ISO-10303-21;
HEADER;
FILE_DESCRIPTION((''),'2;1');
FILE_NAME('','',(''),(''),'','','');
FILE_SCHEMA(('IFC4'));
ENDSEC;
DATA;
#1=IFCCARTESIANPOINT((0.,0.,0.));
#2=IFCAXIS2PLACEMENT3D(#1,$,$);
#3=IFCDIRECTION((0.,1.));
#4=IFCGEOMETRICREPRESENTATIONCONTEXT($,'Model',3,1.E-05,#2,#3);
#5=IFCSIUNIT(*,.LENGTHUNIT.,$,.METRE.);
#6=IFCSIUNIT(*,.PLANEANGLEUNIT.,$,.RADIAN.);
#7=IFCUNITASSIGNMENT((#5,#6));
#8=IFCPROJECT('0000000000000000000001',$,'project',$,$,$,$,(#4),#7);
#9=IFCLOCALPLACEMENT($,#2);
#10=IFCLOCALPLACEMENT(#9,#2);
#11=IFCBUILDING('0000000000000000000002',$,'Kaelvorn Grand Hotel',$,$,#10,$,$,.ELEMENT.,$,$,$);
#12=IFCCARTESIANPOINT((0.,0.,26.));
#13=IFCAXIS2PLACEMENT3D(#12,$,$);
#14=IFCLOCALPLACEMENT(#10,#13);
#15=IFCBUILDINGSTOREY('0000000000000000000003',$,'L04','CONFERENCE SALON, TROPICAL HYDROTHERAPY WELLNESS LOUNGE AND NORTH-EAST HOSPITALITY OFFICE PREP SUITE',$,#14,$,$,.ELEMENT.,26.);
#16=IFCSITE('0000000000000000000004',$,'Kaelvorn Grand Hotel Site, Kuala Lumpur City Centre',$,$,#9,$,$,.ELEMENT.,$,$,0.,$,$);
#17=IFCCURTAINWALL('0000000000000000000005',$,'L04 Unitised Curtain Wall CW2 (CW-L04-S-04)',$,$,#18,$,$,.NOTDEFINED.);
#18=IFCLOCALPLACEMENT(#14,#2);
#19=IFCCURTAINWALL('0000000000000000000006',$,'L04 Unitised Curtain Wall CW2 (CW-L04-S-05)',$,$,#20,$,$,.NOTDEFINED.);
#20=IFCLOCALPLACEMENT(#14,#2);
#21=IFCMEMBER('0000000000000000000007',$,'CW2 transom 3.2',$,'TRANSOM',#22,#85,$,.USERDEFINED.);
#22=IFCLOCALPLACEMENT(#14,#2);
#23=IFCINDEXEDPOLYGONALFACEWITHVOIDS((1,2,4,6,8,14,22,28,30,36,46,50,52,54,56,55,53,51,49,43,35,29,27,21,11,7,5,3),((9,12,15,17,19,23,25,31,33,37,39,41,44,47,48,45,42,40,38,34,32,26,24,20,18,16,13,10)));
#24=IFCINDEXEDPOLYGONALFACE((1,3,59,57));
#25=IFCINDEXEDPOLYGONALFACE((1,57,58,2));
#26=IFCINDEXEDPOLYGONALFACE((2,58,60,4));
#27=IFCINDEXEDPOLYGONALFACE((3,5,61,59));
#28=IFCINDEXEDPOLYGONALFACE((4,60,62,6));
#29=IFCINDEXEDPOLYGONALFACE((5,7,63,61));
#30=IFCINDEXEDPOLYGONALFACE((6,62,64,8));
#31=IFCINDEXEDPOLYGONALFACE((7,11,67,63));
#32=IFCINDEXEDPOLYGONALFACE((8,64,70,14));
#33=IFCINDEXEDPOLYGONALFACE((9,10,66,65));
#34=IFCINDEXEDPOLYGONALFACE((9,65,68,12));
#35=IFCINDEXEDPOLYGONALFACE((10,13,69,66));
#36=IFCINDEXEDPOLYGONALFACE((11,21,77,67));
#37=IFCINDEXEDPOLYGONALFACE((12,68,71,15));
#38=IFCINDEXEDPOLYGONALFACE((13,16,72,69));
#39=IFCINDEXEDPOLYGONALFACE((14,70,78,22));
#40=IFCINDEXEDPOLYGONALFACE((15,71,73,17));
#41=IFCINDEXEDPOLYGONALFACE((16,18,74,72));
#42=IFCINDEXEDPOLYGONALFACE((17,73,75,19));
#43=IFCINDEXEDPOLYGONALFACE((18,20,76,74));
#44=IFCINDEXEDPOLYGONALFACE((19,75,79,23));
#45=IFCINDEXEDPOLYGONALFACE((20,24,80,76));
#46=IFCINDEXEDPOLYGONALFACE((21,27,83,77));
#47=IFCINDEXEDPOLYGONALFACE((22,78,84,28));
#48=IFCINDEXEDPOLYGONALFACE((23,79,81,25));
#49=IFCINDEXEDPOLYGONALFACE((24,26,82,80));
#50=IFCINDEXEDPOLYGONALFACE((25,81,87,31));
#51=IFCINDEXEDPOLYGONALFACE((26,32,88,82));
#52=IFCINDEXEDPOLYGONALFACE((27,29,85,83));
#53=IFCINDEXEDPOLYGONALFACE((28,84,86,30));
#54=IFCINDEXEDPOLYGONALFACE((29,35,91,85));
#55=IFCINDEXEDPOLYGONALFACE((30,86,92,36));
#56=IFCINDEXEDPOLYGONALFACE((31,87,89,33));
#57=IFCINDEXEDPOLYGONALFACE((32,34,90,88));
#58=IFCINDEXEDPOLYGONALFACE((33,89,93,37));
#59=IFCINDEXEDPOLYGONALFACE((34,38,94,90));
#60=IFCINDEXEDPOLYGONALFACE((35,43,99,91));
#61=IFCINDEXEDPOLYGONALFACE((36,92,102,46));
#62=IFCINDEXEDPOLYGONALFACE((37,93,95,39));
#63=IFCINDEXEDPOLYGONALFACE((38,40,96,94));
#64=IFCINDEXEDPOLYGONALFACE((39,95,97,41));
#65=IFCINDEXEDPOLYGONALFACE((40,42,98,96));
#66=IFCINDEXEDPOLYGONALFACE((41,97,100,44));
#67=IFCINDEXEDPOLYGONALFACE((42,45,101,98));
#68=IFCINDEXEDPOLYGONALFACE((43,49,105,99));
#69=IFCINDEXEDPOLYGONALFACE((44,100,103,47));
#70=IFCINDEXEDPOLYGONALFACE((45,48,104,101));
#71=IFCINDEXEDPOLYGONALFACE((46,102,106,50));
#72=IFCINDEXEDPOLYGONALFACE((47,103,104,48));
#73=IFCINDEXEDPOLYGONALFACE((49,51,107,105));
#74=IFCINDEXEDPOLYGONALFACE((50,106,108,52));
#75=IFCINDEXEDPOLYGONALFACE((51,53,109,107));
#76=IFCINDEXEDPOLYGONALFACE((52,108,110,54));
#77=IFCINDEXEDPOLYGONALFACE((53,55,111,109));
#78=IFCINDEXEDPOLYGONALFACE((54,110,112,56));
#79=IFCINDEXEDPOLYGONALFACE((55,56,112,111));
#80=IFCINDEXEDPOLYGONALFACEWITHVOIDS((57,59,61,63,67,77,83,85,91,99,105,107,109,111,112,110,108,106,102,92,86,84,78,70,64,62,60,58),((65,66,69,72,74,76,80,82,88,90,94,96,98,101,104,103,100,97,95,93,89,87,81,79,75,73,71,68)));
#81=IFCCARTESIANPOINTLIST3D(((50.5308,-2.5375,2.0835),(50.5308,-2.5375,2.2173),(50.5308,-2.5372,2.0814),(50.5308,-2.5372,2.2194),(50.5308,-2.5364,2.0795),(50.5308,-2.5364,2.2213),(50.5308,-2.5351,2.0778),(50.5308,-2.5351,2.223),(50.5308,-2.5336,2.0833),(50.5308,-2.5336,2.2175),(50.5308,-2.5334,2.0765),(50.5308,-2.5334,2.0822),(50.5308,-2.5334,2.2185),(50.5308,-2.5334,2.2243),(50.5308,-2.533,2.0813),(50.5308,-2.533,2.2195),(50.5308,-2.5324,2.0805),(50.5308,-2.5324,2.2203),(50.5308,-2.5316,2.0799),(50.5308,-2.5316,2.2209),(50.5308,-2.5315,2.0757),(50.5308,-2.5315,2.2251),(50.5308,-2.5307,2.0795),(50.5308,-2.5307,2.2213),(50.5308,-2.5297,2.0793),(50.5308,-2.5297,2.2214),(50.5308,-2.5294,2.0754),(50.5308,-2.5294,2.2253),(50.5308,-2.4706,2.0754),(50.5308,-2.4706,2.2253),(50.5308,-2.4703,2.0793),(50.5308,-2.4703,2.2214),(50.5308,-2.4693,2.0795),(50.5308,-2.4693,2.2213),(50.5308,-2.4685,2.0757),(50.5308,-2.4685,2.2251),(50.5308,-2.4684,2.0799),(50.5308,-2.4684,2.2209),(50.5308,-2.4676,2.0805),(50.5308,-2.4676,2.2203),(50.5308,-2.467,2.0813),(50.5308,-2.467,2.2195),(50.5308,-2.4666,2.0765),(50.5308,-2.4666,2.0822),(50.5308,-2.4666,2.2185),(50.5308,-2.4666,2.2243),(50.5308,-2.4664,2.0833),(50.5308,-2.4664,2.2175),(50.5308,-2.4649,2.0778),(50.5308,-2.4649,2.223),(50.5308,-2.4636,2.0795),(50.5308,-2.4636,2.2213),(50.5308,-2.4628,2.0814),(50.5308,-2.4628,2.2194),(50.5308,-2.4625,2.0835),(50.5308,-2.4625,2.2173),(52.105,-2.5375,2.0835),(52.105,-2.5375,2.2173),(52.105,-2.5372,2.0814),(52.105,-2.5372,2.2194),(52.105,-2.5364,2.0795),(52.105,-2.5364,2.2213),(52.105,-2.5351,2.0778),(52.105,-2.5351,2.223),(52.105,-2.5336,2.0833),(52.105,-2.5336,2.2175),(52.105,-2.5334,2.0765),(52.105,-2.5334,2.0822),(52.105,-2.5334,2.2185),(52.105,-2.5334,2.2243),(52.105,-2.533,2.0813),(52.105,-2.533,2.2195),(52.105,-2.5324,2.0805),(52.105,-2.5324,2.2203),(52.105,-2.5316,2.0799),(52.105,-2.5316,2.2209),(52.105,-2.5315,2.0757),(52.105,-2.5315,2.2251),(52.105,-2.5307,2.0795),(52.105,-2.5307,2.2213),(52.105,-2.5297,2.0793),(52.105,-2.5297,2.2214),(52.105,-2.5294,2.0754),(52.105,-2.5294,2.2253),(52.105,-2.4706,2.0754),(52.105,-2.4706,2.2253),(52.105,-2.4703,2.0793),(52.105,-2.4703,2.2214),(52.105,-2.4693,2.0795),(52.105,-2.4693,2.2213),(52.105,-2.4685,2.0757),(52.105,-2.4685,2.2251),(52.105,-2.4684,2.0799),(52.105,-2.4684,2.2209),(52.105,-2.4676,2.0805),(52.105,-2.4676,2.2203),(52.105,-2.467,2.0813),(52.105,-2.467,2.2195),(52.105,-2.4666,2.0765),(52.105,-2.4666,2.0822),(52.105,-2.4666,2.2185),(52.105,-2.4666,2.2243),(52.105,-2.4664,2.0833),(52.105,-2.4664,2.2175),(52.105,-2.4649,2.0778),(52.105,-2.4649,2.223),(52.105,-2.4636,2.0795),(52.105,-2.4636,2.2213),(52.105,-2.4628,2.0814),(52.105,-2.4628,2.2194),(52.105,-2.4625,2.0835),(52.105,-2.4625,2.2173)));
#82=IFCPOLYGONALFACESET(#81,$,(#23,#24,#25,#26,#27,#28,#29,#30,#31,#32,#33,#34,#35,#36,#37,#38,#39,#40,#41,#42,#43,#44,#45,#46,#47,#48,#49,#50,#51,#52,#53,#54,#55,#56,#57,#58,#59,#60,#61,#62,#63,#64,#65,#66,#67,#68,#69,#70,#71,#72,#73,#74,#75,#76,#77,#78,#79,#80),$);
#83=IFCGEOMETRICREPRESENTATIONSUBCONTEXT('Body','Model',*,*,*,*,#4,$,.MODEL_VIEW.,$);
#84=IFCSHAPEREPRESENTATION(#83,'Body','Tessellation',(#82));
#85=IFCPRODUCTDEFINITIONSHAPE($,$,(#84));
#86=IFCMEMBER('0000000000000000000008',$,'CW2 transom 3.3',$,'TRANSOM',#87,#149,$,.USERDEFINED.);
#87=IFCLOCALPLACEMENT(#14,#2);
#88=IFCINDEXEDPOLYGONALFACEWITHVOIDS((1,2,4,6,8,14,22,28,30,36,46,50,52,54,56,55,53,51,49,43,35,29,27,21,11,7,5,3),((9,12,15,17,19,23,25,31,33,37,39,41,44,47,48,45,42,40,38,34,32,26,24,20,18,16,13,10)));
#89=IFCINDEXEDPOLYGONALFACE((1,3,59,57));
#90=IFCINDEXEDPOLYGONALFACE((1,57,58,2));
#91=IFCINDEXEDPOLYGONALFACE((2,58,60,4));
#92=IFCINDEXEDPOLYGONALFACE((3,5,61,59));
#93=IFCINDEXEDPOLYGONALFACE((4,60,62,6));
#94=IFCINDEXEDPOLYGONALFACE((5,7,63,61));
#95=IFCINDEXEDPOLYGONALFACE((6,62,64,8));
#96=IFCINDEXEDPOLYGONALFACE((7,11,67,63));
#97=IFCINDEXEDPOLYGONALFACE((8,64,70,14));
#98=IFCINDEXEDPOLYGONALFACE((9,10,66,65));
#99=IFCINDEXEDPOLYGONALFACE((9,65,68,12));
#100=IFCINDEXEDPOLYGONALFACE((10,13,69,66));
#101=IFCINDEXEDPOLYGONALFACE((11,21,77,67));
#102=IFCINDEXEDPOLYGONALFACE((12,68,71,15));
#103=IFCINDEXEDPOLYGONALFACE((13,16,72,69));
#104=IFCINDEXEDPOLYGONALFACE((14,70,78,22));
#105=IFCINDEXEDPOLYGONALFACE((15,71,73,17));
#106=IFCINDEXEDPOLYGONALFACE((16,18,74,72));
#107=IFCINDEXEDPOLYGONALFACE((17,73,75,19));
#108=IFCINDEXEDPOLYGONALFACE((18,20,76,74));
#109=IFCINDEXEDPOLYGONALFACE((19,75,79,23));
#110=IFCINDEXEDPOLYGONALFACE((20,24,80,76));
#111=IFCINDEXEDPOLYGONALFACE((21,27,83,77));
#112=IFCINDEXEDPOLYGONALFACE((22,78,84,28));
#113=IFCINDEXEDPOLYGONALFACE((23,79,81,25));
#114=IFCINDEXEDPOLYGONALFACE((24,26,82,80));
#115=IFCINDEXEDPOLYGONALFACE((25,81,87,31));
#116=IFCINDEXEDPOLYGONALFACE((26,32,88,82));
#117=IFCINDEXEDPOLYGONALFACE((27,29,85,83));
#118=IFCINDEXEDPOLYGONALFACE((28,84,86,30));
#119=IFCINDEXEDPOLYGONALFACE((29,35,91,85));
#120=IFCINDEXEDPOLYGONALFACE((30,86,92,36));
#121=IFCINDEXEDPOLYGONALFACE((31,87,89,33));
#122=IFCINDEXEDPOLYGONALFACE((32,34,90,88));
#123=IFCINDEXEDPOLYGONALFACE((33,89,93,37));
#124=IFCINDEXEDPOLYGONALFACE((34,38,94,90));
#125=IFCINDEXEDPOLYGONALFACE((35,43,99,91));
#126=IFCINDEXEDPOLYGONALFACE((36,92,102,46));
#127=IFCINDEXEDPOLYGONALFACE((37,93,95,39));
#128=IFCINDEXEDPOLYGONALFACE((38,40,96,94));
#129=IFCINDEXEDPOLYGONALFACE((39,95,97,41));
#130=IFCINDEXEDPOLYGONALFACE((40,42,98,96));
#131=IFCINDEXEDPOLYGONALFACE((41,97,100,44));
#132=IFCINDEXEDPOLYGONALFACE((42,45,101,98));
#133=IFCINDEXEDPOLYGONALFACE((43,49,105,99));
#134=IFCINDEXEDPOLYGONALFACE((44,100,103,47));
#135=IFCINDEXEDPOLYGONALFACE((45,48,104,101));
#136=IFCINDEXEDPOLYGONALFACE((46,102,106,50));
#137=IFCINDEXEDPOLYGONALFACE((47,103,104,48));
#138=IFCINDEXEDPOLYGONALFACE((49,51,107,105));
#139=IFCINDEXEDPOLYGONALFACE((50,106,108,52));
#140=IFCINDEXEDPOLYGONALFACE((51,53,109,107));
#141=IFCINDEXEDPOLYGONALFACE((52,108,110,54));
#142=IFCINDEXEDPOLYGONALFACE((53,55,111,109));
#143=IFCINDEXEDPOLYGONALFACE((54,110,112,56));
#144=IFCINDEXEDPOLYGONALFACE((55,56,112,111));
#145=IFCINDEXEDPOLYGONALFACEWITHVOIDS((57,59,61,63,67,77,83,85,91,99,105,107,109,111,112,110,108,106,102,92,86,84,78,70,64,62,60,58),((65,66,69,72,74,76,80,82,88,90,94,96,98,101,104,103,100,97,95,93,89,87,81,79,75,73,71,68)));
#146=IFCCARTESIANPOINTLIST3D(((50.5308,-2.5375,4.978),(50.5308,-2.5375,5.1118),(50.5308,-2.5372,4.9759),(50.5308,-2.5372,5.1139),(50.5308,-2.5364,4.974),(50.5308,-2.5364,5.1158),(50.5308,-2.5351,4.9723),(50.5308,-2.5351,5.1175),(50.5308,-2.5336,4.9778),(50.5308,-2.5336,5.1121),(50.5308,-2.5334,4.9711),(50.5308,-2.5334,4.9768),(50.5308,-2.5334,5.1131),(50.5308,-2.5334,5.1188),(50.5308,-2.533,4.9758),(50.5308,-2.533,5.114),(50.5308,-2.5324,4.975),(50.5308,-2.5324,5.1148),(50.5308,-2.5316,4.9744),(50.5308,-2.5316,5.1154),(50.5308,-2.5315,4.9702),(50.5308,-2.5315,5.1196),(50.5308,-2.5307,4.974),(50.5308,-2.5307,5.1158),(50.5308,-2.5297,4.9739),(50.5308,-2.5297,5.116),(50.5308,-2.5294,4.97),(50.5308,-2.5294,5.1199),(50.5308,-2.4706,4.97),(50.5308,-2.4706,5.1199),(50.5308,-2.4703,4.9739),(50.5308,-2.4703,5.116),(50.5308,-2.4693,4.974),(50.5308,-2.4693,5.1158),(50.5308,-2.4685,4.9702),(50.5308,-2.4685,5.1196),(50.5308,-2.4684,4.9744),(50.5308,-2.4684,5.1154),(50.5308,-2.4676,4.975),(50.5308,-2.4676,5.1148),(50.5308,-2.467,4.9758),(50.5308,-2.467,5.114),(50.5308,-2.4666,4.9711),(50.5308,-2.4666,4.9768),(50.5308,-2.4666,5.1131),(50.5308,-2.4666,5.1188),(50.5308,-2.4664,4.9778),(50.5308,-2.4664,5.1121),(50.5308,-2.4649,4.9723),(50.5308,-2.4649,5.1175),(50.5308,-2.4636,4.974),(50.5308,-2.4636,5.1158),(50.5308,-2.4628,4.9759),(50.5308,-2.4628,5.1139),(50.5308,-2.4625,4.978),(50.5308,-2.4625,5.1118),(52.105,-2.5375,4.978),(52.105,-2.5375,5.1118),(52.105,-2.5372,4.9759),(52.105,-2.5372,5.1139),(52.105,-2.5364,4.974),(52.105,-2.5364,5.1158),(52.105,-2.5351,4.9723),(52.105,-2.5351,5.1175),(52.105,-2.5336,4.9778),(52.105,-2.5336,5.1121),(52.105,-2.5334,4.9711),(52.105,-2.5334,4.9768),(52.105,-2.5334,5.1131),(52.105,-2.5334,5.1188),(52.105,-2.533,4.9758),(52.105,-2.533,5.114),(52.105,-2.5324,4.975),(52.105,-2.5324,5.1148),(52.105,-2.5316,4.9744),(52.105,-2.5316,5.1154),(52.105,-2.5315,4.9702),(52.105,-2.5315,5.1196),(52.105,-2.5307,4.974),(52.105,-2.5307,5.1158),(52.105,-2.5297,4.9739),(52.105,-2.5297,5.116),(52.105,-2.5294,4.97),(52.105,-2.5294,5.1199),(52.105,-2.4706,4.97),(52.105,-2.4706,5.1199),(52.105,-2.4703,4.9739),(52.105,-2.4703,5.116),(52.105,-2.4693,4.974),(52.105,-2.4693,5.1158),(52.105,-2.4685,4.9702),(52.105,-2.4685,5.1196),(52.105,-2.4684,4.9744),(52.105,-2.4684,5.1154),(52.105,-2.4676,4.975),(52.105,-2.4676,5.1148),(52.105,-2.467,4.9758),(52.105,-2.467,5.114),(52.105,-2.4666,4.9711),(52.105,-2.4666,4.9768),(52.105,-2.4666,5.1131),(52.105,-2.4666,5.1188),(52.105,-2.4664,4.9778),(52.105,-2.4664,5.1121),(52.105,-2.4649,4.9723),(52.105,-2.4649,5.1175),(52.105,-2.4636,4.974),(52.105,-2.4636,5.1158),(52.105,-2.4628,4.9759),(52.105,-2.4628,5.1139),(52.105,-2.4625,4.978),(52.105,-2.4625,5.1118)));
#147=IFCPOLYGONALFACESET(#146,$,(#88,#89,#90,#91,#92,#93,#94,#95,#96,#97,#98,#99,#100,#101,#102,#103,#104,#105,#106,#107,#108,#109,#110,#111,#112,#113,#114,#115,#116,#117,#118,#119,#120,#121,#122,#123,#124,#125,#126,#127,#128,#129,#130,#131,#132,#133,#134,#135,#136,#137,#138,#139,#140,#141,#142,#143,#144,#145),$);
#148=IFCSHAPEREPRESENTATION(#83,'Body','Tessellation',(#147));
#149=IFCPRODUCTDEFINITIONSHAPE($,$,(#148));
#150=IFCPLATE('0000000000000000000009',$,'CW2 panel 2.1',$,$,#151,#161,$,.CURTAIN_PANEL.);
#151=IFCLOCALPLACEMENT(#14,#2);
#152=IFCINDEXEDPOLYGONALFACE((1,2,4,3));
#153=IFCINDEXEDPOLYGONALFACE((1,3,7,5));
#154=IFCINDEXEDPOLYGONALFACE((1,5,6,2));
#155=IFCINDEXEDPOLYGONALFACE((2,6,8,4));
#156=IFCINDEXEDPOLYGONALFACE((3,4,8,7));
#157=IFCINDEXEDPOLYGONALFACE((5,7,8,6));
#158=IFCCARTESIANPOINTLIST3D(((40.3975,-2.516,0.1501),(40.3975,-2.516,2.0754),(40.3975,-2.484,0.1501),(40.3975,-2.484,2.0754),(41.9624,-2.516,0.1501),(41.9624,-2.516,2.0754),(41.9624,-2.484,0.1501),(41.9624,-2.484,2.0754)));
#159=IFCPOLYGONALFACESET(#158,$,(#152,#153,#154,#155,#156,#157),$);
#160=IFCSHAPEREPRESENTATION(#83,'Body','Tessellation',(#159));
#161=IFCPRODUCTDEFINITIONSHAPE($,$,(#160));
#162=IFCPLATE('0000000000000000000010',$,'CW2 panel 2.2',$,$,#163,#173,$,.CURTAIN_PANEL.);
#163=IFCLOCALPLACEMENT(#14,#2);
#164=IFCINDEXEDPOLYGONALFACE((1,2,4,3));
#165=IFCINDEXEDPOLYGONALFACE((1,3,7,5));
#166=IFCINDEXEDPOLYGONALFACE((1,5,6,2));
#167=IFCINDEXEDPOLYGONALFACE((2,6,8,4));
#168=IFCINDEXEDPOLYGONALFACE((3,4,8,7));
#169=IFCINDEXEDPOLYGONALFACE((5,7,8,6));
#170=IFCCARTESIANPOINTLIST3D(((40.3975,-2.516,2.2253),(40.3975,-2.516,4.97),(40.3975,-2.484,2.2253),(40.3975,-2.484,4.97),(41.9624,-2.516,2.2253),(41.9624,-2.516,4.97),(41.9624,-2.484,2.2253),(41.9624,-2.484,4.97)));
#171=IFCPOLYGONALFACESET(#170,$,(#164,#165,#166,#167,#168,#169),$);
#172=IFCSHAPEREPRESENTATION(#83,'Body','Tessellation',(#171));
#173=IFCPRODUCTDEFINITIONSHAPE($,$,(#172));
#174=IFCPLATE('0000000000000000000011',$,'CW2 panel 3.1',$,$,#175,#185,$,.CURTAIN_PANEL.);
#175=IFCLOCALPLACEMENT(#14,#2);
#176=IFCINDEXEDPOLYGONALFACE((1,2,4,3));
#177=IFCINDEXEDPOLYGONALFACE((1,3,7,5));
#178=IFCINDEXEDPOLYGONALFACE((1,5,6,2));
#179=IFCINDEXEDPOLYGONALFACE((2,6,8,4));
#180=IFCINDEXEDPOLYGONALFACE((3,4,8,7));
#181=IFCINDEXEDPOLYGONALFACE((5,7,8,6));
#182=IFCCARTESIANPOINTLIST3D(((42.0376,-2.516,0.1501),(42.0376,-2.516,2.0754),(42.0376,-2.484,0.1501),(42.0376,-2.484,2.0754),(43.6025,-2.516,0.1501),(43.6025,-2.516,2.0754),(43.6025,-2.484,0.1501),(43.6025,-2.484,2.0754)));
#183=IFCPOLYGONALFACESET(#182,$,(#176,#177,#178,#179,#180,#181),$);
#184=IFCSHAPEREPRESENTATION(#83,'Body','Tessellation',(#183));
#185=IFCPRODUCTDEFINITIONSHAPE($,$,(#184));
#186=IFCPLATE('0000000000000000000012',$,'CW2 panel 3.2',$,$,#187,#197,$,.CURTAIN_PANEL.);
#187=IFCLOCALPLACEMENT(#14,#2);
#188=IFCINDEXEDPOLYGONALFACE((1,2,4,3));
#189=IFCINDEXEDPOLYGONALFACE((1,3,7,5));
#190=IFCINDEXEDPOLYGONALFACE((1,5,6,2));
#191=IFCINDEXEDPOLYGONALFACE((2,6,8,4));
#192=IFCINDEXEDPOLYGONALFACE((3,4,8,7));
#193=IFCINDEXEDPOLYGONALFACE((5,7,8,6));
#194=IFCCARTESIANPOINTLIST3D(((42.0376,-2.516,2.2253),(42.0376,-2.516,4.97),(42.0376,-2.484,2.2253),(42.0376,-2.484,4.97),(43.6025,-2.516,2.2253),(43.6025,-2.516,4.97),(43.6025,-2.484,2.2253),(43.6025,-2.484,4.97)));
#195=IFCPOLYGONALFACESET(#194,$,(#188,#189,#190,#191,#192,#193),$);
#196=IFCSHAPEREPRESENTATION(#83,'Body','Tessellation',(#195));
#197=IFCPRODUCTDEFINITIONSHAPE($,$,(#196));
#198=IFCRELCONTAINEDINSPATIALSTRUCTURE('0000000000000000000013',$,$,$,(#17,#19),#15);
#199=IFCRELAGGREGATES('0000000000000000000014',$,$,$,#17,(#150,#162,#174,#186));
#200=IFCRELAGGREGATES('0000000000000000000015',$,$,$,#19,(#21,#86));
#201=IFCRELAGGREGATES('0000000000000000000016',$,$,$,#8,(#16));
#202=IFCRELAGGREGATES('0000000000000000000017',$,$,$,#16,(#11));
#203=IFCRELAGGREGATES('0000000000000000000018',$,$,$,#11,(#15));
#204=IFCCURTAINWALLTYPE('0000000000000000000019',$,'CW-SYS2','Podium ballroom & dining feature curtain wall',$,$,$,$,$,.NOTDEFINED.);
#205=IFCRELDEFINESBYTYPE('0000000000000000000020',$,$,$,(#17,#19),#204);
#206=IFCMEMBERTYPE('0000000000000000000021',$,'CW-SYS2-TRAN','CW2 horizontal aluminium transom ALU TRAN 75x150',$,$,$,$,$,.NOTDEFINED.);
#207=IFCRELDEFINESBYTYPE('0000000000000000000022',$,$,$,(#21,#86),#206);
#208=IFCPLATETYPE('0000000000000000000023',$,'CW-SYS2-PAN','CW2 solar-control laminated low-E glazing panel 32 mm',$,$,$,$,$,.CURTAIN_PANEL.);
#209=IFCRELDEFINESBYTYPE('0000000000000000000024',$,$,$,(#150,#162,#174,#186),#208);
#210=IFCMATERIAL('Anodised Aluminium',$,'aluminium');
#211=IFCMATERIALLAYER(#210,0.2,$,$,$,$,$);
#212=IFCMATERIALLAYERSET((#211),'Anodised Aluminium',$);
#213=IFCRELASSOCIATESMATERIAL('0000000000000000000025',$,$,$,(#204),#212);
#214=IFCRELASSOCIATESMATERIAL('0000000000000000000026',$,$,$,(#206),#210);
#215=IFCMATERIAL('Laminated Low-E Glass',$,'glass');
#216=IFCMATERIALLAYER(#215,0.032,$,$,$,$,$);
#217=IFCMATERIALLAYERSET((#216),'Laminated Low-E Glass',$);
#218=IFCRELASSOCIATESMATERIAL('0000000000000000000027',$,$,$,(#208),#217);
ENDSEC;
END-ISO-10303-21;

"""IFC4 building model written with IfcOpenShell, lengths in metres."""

from ifc_helpers import new_model, si_unit, direction, frame, origin, origin_2d, place, context, subcontext, project, spatial, rectangle, hollow_rectangle, extrude, material, layer, layer_set, material_profile, profile_set, type_object, element, aggregate, save


model = new_model("IFC4")

# Units and contexts
model_context = context("Model", 3, precision=1e-05, world=origin(), true_north=direction((0.0, 1.0)))
body_context = subcontext(model_context, "Body", "Model", "MODEL_VIEW")
ifc_project = project(units=[si_unit("LENGTHUNIT", "METRE"), si_unit("PLANEANGLEUNIT", "RADIAN")], contexts=[model_context])

# Site, building, storey
site_placement = place(None, origin())
site = spatial("IfcSite", under=ifc_project, at=site_placement, Name="Kaelvorn Grand Hotel Site, Kuala Lumpur City Centre", CompositionType="ELEMENT", RefElevation=0.0)
building_placement = place(site_placement, origin())
building = spatial("IfcBuilding", under=site, at=building_placement, Name="Kaelvorn Grand Hotel", CompositionType="ELEMENT")
storey_placement = place(building_placement, frame((0.0, 0.0, 26.0)))
storey = spatial("IfcBuildingStorey", under=building, at=storey_placement, Name="L04", Description="CONFERENCE SALON, TROPICAL HYDROTHERAPY WELLNESS LOUNGE AND NORTH-EAST HOSPITALITY OFFICE PREP SUITE", CompositionType="ELEMENT", Elevation=26.0)

# Curtain walls
ifc_material_1 = material(Name="Anodised Aluminium", Category="aluminium")
ifc_layer_1 = layer(ifc_material_1, 0.2)
ifc_layer_set_1 = layer_set([ifc_layer_1], Name="Anodised Aluminium")
curtain_wall_type = type_object("IfcCurtainWallType", Name="CW-SYS2", Description="Podium ballroom & dining feature curtain wall", PredefinedType="NOTDEFINED", material=ifc_layer_set_1)
curtain_wall_1_placement = place(storey_placement, origin())
curtain_wall_1 = element("IfcCurtainWall", 1, at=curtain_wall_1_placement, inside=storey, type_object=curtain_wall_type, Name="L04 Unitised Curtain Wall CW2 (CW-L04-S-04)", PredefinedType="NOTDEFINED")
curtain_wall_2_placement = place(storey_placement, origin())
curtain_wall_2 = element("IfcCurtainWall", 2, at=curtain_wall_2_placement, inside=storey, type_object=curtain_wall_type, Name="L04 Unitised Curtain Wall CW2 (CW-L04-S-05)", PredefinedType="NOTDEFINED")

# Members
ifc_material_profile_1 = material_profile(ifc_material_1, hollow_rectangle(XDim=0.075, YDim=0.1499, WallThickness=0.0039, InnerFilletRadius=0.0039, OuterFilletRadius=0.0081, at=origin_2d()), Name="ALU TRAN 75x150")
ifc_profile_set_1 = profile_set([ifc_material_profile_1], Name="Anodised Aluminium")
member_type_1 = type_object("IfcMemberType", Name="CW-SYS2-TRAN", Description="CW2 horizontal aluminium transom ALU TRAN 75x150", PredefinedType="NOTDEFINED", material=ifc_profile_set_1)
member_1_placement = place(storey_placement, frame((50.5308, -2.5, 2.1504), z_axis=(1.0, 0.0, 0.0), x_axis=(0.0, 1.0, 0.0)))
member_1 = element("IfcMember", 3, at=member_1_placement, type_object=member_type_1, Name="CW2 transom 3.2", ObjectType="TRANSOM", PredefinedType="USERDEFINED", context=body_context, shape_type="SweptSolid", body=[
    extrude(hollow_rectangle(XDim=0.075, YDim=0.1499, WallThickness=0.0039, InnerFilletRadius=0.0039, OuterFilletRadius=0.0081, at=origin_2d()), origin(), (0.0, 0.0, 1.0), 1.5742),
])
member_2_placement = place(storey_placement, frame((50.5308, -2.5, 5.0449), z_axis=(1.0, 0.0, 0.0), x_axis=(0.0, 1.0, 0.0)))
member_2 = element("IfcMember", 4, at=member_2_placement, type_object=member_type_1, Name="CW2 transom 3.3", ObjectType="TRANSOM", PredefinedType="USERDEFINED", context=body_context, shape_type="SweptSolid", body=[
    extrude(hollow_rectangle(XDim=0.075, YDim=0.1499, WallThickness=0.0039, InnerFilletRadius=0.0039, OuterFilletRadius=0.0081, at=origin_2d()), origin(), (0.0, 0.0, 1.0), 1.5742),
])

# Plates
ifc_material_2 = material(Name="Laminated Low-E Glass", Category="glass")
ifc_layer_2 = layer(ifc_material_2, 0.032)
ifc_layer_set_2 = layer_set([ifc_layer_2], Name="Laminated Low-E Glass")
plate_type = type_object("IfcPlateType", Name="CW-SYS2-PAN", Description="CW2 solar-control laminated low-E glazing panel 32 mm", PredefinedType="CURTAIN_PANEL", material=ifc_layer_set_2)
plate_1_placement = place(storey_placement, frame((41.1799, -2.5, 0.1501), z_axis=(0.0, 0.0, 1.0), x_axis=(1.0, 0.0, 0.0)))
plate_1 = element("IfcPlate", 5, at=plate_1_placement, type_object=plate_type, Name="CW2 panel 2.1", PredefinedType="CURTAIN_PANEL", context=body_context, shape_type="SweptSolid", body=[
    extrude(rectangle(XDim=1.5649, YDim=0.032, at=origin_2d()), origin(), (0.0, 0.0, 1.0), 1.9253),
])
plate_2_placement = place(storey_placement, frame((41.1799, -2.5, 2.2253), z_axis=(0.0, 0.0, 1.0), x_axis=(1.0, 0.0, 0.0)))
plate_2 = element("IfcPlate", 6, at=plate_2_placement, type_object=plate_type, Name="CW2 panel 2.2", PredefinedType="CURTAIN_PANEL", context=body_context, shape_type="SweptSolid", body=[
    extrude(rectangle(XDim=1.5649, YDim=0.032, at=origin_2d()), origin(), (0.0, 0.0, 1.0), 2.7446),
])
plate_3_placement = place(storey_placement, frame((42.8201, -2.5, 0.1501), z_axis=(0.0, 0.0, 1.0), x_axis=(1.0, 0.0, 0.0)))
plate_3 = element("IfcPlate", 7, at=plate_3_placement, type_object=plate_type, Name="CW2 panel 3.1", PredefinedType="CURTAIN_PANEL", context=body_context, shape_type="SweptSolid", body=[
    extrude(rectangle(XDim=1.5649, YDim=0.032, at=origin_2d()), origin(), (0.0, 0.0, 1.0), 1.9253),
])
plate_4_placement = place(storey_placement, frame((42.8201, -2.5, 2.2253), z_axis=(0.0, 0.0, 1.0), x_axis=(1.0, 0.0, 0.0)))
plate_4 = element("IfcPlate", 8, at=plate_4_placement, type_object=plate_type, Name="CW2 panel 3.2", PredefinedType="CURTAIN_PANEL", context=body_context, shape_type="SweptSolid", body=[
    extrude(rectangle(XDim=1.5649, YDim=0.032, at=origin_2d()), origin(), (0.0, 0.0, 1.0), 2.7446),
])
aggregate(curtain_wall_1, [plate_1, plate_2, plate_3, plate_4])
aggregate(curtain_wall_2, [member_1, member_2])

save(model, "model.ifc")
